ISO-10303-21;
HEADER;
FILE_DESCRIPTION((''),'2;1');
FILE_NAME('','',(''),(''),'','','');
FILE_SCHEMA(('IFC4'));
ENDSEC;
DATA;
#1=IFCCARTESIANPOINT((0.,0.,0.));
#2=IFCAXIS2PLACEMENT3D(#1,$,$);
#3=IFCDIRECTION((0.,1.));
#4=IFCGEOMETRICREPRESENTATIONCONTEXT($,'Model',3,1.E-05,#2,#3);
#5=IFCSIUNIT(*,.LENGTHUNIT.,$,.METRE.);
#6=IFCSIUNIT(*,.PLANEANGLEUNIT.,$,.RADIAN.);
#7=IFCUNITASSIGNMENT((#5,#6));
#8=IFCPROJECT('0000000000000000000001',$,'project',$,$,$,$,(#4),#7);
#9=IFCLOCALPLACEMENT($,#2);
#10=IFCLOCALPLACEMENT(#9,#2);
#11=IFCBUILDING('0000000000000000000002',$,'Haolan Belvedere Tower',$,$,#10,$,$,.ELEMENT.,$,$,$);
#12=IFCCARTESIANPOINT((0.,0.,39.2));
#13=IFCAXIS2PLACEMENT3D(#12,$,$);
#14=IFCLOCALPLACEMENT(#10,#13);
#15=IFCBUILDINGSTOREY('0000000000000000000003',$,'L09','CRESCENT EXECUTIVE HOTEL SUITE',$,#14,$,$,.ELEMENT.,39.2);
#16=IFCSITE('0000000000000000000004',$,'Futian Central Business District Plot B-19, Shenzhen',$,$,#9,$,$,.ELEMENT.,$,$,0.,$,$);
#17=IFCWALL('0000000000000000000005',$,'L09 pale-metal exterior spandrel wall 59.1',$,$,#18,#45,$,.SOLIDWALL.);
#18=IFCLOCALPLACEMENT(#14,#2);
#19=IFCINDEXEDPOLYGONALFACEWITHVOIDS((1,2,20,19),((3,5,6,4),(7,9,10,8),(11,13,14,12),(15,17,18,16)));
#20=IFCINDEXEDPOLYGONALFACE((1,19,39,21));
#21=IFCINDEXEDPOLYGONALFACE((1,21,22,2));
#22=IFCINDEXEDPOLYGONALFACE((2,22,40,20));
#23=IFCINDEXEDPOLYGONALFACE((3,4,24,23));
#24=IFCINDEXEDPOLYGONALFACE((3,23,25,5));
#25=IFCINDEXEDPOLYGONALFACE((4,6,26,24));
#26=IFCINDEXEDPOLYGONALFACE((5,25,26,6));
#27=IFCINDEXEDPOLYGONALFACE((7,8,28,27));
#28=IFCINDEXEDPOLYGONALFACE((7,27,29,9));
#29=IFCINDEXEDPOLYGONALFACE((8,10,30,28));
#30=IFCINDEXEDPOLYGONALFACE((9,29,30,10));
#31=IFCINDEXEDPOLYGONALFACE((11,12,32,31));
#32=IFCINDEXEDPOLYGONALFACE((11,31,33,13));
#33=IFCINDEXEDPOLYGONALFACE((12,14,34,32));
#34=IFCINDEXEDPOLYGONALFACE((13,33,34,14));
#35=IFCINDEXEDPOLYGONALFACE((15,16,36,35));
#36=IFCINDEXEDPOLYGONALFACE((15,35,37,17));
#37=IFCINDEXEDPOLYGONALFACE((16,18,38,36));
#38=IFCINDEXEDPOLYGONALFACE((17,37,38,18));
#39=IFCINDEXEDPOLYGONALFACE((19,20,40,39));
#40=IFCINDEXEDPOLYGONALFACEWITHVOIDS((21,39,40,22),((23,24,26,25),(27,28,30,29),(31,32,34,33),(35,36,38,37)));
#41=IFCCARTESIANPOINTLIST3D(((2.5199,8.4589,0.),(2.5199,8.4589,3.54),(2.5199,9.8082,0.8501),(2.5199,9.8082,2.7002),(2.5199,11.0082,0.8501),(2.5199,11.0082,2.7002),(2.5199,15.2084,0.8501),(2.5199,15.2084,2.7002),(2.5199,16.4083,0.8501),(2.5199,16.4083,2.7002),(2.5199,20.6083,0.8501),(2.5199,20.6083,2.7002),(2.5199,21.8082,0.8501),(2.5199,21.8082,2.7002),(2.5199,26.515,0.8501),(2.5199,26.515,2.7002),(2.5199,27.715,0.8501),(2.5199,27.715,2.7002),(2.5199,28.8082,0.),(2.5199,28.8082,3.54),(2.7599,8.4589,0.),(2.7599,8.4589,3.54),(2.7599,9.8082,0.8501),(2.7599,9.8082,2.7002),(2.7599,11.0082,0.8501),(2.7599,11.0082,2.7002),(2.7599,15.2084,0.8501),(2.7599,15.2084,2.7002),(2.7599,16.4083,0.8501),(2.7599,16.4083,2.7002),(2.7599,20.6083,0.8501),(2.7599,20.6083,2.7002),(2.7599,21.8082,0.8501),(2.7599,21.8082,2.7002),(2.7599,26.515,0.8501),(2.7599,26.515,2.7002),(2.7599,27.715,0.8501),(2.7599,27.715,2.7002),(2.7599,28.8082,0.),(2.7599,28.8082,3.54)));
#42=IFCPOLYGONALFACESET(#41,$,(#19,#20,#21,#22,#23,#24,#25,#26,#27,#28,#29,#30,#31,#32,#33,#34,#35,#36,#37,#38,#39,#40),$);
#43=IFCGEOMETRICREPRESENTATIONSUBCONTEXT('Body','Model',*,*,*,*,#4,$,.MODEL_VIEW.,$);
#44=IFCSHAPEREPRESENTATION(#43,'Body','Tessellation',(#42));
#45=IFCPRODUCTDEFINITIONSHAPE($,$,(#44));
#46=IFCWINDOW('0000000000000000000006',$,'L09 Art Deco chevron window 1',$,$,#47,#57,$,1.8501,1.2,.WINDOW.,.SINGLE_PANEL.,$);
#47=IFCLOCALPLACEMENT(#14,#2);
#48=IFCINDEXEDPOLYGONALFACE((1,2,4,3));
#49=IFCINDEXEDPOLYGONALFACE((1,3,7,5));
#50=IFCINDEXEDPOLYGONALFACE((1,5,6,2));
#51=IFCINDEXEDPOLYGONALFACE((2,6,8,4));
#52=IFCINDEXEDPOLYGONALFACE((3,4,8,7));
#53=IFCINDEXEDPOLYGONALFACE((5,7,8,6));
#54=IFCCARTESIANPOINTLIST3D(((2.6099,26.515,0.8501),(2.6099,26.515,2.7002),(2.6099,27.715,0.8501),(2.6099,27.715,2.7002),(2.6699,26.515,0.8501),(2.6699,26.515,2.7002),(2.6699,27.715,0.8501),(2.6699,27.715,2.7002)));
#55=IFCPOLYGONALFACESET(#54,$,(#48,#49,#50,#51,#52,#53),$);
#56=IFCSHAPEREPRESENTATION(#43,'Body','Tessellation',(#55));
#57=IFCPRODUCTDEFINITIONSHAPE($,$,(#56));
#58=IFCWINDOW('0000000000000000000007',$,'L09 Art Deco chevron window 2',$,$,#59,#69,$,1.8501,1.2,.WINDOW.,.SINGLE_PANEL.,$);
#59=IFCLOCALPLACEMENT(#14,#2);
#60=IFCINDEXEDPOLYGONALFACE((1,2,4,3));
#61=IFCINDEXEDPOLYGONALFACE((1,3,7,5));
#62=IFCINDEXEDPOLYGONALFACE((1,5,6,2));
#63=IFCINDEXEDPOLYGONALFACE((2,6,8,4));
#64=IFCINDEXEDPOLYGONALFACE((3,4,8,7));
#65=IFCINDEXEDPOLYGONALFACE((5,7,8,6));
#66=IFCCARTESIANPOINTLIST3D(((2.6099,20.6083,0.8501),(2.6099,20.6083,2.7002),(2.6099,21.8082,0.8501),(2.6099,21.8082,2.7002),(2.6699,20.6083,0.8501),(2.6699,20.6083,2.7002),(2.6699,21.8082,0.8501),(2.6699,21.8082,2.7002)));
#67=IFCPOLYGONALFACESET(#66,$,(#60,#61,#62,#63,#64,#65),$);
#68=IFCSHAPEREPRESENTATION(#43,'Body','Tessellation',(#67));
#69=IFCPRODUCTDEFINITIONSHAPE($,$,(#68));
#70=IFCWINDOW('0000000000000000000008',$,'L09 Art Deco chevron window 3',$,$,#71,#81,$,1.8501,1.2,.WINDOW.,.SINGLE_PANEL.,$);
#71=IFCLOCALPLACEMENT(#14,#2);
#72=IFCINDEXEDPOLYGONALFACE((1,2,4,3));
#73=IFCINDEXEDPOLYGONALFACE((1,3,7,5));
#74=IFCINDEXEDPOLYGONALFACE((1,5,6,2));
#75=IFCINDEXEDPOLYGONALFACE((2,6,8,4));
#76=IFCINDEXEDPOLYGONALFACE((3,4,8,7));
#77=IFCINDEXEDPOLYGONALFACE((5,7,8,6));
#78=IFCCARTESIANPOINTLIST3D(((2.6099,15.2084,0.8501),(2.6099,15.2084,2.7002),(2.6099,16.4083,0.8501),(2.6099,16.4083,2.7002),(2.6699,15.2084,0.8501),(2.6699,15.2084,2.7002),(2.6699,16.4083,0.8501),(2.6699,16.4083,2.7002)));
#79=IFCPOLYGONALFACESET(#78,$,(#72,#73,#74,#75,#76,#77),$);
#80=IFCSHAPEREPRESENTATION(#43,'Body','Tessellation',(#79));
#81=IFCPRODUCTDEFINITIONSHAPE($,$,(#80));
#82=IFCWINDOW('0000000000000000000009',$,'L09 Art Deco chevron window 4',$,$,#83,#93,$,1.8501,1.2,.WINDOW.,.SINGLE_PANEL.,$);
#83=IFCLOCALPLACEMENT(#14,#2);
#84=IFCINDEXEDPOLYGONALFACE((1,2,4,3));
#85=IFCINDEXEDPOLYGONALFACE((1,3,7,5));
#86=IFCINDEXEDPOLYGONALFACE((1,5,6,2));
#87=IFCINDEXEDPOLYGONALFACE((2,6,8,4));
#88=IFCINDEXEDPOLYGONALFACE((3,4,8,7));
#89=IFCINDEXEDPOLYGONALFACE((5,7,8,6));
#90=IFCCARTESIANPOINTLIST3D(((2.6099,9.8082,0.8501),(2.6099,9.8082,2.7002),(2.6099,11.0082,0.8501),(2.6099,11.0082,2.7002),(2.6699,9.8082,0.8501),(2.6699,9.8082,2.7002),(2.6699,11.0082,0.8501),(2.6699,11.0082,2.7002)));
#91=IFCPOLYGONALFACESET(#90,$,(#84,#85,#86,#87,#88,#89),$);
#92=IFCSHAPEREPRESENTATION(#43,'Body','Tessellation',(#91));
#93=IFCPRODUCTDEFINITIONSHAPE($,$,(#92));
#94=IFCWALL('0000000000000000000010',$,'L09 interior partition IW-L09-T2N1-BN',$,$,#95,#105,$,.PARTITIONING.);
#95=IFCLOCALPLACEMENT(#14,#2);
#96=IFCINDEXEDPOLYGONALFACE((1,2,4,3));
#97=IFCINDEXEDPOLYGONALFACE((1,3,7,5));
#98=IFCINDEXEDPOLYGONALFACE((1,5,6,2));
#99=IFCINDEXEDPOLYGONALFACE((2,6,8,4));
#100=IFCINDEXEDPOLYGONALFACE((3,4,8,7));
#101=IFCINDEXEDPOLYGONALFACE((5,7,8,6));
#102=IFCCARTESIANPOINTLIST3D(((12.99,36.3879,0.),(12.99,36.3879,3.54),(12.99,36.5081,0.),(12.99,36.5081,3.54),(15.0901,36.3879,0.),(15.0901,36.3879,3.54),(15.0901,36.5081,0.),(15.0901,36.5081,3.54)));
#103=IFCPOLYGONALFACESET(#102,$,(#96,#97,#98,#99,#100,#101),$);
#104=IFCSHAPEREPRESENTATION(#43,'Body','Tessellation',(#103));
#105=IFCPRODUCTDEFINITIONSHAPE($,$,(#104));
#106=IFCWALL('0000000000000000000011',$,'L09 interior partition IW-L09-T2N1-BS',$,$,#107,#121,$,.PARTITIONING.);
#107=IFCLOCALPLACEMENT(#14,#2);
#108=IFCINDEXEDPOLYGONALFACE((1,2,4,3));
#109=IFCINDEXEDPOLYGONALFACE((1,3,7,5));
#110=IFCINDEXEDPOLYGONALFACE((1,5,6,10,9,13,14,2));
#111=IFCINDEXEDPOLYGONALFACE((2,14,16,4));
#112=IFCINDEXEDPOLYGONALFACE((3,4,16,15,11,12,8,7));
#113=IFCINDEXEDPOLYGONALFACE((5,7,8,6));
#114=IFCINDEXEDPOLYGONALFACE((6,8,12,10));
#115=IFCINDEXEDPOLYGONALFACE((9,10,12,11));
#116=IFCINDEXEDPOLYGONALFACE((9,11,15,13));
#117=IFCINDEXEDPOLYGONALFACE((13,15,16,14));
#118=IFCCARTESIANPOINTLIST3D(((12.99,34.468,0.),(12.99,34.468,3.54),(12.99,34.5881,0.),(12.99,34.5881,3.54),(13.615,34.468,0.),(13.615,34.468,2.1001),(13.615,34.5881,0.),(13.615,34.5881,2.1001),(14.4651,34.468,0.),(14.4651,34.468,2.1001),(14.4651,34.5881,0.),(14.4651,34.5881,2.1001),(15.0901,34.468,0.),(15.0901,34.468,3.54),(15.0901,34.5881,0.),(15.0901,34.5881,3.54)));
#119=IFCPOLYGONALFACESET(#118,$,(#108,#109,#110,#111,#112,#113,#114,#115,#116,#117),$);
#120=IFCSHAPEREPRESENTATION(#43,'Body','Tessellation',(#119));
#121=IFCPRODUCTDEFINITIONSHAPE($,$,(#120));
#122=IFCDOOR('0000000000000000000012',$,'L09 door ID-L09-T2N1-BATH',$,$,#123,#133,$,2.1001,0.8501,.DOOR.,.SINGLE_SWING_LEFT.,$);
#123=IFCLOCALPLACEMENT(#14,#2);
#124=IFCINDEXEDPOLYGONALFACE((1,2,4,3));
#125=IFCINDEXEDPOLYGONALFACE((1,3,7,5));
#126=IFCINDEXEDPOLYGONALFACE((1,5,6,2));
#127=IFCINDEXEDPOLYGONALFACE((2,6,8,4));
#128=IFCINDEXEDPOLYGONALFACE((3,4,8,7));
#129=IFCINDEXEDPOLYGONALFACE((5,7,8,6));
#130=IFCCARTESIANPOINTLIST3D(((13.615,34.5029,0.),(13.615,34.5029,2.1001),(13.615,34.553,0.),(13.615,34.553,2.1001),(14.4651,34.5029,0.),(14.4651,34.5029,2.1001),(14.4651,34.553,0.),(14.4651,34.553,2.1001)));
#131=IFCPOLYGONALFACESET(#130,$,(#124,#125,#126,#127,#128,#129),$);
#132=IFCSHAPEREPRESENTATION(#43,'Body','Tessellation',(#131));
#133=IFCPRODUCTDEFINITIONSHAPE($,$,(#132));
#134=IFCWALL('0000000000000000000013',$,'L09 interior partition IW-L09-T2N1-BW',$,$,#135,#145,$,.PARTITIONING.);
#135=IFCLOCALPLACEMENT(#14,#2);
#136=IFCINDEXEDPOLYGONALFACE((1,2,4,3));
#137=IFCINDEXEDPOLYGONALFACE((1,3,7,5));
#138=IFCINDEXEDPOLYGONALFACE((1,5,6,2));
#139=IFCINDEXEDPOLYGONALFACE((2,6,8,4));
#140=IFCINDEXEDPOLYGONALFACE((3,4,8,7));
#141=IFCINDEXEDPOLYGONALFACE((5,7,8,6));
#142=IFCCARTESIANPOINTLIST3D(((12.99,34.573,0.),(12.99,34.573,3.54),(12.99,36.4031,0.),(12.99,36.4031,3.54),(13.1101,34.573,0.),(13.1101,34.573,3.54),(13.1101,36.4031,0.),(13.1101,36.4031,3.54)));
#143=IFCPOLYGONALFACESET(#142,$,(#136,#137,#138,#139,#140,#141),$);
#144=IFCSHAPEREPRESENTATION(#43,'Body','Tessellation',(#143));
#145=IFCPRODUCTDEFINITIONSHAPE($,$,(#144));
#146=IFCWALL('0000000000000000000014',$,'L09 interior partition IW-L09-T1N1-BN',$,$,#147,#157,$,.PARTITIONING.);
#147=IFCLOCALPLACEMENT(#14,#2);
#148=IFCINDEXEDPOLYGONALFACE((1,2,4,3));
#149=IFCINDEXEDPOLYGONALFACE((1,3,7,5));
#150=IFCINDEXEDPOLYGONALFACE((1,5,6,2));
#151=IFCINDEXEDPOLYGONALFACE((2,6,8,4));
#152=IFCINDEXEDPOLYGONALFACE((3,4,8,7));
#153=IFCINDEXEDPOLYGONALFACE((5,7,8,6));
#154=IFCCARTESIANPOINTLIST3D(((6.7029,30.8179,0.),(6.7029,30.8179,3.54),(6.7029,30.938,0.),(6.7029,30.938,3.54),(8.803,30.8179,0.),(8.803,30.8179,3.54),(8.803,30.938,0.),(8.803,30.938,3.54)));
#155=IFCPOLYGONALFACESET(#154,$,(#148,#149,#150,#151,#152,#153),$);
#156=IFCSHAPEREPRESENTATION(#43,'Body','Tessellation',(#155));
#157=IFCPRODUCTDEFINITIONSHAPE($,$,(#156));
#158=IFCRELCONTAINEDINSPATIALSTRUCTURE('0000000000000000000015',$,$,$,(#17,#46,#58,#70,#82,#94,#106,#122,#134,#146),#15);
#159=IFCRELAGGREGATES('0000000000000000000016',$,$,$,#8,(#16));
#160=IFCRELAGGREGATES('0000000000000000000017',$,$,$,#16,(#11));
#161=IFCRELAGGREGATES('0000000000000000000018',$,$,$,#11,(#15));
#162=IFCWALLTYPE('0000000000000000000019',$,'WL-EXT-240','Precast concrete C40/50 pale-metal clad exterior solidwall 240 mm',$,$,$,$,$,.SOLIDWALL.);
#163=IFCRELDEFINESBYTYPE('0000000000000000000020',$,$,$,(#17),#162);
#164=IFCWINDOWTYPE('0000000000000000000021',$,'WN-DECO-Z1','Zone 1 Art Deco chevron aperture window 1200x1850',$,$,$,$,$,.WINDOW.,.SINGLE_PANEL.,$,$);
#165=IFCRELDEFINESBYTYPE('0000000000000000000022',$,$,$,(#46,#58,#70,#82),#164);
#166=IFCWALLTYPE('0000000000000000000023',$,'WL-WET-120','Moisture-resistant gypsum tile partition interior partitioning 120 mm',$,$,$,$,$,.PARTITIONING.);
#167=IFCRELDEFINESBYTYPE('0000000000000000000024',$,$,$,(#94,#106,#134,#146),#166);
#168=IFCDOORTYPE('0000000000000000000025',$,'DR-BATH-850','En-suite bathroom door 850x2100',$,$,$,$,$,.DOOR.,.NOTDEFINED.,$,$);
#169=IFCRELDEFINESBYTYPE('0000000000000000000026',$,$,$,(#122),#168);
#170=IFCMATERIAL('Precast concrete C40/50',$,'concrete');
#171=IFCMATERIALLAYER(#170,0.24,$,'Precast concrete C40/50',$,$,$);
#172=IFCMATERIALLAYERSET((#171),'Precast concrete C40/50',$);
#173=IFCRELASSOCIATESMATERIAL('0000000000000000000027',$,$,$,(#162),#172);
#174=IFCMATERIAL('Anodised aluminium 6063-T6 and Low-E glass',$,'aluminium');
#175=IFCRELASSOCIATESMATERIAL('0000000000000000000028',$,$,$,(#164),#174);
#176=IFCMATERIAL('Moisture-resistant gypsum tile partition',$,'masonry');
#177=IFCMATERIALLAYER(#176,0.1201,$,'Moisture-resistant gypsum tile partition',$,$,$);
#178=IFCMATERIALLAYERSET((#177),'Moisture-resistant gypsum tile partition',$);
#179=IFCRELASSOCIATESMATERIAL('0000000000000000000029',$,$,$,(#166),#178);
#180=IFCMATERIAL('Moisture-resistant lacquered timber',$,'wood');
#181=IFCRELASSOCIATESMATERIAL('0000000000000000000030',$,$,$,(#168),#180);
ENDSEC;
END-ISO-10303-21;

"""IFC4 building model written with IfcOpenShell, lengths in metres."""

from ifc_helpers import new_model, si_unit, direction, frame, frame_2d, origin, place, context, subcontext, project, spatial, rectangle, extrude, material, layer, layer_set, type_object, element, fill, save


model = new_model("IFC4")

# Units and contexts
model_context = context("Model", 3, precision=1e-05, world=origin(), true_north=direction((0.0, 1.0)))
body_context = subcontext(model_context, "Body", "Model", "MODEL_VIEW")
ifc_project = project(units=[si_unit("LENGTHUNIT", "METRE"), si_unit("PLANEANGLEUNIT", "RADIAN")], contexts=[model_context])

# Site, building, storey
site_placement = place(None, origin())
site = spatial("IfcSite", under=ifc_project, at=site_placement, Name="Futian Central Business District Plot B-19, Shenzhen", CompositionType="ELEMENT", RefElevation=0.0)
building_placement = place(site_placement, origin())
building = spatial("IfcBuilding", under=site, at=building_placement, Name="Haolan Belvedere Tower", CompositionType="ELEMENT")
storey_placement = place(building_placement, frame((0.0, 0.0, 39.2)))
storey = spatial("IfcBuildingStorey", under=building, at=storey_placement, Name="L09", Description="CRESCENT EXECUTIVE HOTEL SUITE", CompositionType="ELEMENT", Elevation=39.2)

# Shared definitions
ifc_material_1 = material(Name="Precast concrete C40/50", Category="concrete")
ifc_layer_1 = layer(ifc_material_1, 0.24, Name="Precast concrete C40/50")
ifc_layer_set_1 = layer_set([ifc_layer_1], Name="Precast concrete C40/50")
wall_type_1 = type_object("IfcWallType", Name="WL-EXT-240", Description="Precast concrete C40/50 pale-metal clad exterior solidwall 240 mm", PredefinedType="SOLIDWALL", material=ifc_layer_set_1)

# Shared definitions
ifc_material_2 = material(Name="Anodised aluminium 6063-T6 and Low-E glass", Category="aluminium")
window_type = type_object("IfcWindowType", Name="WN-DECO-Z1", Description="Zone 1 Art Deco chevron aperture window 1200x1850", PartitioningType="SINGLE_PANEL", PredefinedType="WINDOW", material=ifc_material_2)

# Wall, openings, windows
wall_1_placement = place(storey_placement, frame((2.6399, 28.8083, 0.0), z_axis=(0.0, 0.0, 1.0), x_axis=(0.0, -1.0, 0.0)))
wall_1 = element("IfcWall", 1, at=wall_1_placement, inside=storey, type_object=wall_type_1, Name="L09 pale-metal exterior spandrel wall 59.1", PredefinedType="SOLIDWALL", context=body_context, shape_type="SweptSolid", body=[
    extrude(rectangle(XDim=20.3494, YDim=0.24, at=frame_2d((10.1748, 0.0))), origin(), (0.0, 0.0, 1.0), 3.54),
])
opening_1_placement = place(wall_1_placement, frame((1.0933, 0.0, 0.8501)))
opening_1 = element("IfcOpeningElement", 2, at=opening_1_placement, cuts=wall_1, PredefinedType="OPENING", context=body_context, shape_type="SweptSolid", body=[
    extrude(rectangle(XDim=1.2, YDim=1.8501, at=frame_2d((0.6001, 0.925))), frame((0.0, 0.1299, 0.0), z_axis=(0.0, -1.0, 0.0), x_axis=(1.0, 0.0, 0.0)), (0.0, 0.0, 1.0), 0.26),
])
opening_2_placement = place(wall_1_placement, frame((7.0, 0.0, 0.8501)))
opening_2 = element("IfcOpeningElement", 3, at=opening_2_placement, cuts=wall_1, PredefinedType="OPENING", context=body_context, shape_type="SweptSolid", body=[
    extrude(rectangle(XDim=1.2, YDim=1.8501, at=frame_2d((0.6001, 0.925))), frame((0.0, 0.1299, 0.0), z_axis=(0.0, -1.0, 0.0), x_axis=(1.0, 0.0, 0.0)), (0.0, 0.0, 1.0), 0.26),
])
opening_3_placement = place(wall_1_placement, frame((12.3999, 0.0, 0.8501)))
opening_3 = element("IfcOpeningElement", 4, at=opening_3_placement, cuts=wall_1, PredefinedType="OPENING", context=body_context, shape_type="SweptSolid", body=[
    extrude(rectangle(XDim=1.2, YDim=1.8501, at=frame_2d((0.6001, 0.925))), frame((0.0, 0.1299, 0.0), z_axis=(0.0, -1.0, 0.0), x_axis=(1.0, 0.0, 0.0)), (0.0, 0.0, 1.0), 0.26),
])
opening_4_placement = place(wall_1_placement, frame((17.8, 0.0, 0.8501)))
opening_4 = element("IfcOpeningElement", 5, at=opening_4_placement, cuts=wall_1, PredefinedType="OPENING", context=body_context, shape_type="SweptSolid", body=[
    extrude(rectangle(XDim=1.2, YDim=1.8501, at=frame_2d((0.6001, 0.925))), frame((0.0, 0.1299, 0.0), z_axis=(0.0, -1.0, 0.0), x_axis=(1.0, 0.0, 0.0)), (0.0, 0.0, 1.0), 0.26),
])
window_1_placement = place(opening_1_placement, origin())
window_1 = element("IfcWindow", 6, at=window_1_placement, inside=storey, type_object=window_type, Name="L09 Art Deco chevron window 1", OverallHeight=1.8501, OverallWidth=1.2, PartitioningType="SINGLE_PANEL", PredefinedType="WINDOW", context=body_context, shape_type="SweptSolid", body=[
    extrude(rectangle(XDim=1.2, YDim=1.8501, at=frame_2d((0.6001, 0.925))), frame((0.0, 0.03, 0.0), z_axis=(0.0, -1.0, 0.0), x_axis=(1.0, 0.0, 0.0)), (0.0, 0.0, 1.0), 0.0601),
])
fill(opening_1, window_1)
window_2_placement = place(opening_2_placement, origin())
window_2 = element("IfcWindow", 7, at=window_2_placement, inside=storey, type_object=window_type, Name="L09 Art Deco chevron window 2", OverallHeight=1.8501, OverallWidth=1.2, PartitioningType="SINGLE_PANEL", PredefinedType="WINDOW", context=body_context, shape_type="SweptSolid", body=[
    extrude(rectangle(XDim=1.2, YDim=1.8501, at=frame_2d((0.6001, 0.925))), frame((0.0, 0.03, 0.0), z_axis=(0.0, -1.0, 0.0), x_axis=(1.0, 0.0, 0.0)), (0.0, 0.0, 1.0), 0.0601),
])
fill(opening_2, window_2)
window_3_placement = place(opening_3_placement, origin())
window_3 = element("IfcWindow", 8, at=window_3_placement, inside=storey, type_object=window_type, Name="L09 Art Deco chevron window 3", OverallHeight=1.8501, OverallWidth=1.2, PartitioningType="SINGLE_PANEL", PredefinedType="WINDOW", context=body_context, shape_type="SweptSolid", body=[
    extrude(rectangle(XDim=1.2, YDim=1.8501, at=frame_2d((0.6001, 0.925))), frame((0.0, 0.03, 0.0), z_axis=(0.0, -1.0, 0.0), x_axis=(1.0, 0.0, 0.0)), (0.0, 0.0, 1.0), 0.0601),
])
fill(opening_3, window_3)
window_4_placement = place(opening_4_placement, origin())
window_4 = element("IfcWindow", 9, at=window_4_placement, inside=storey, type_object=window_type, Name="L09 Art Deco chevron window 4", OverallHeight=1.8501, OverallWidth=1.2, PartitioningType="SINGLE_PANEL", PredefinedType="WINDOW", context=body_context, shape_type="SweptSolid", body=[
    extrude(rectangle(XDim=1.2, YDim=1.8501, at=frame_2d((0.6001, 0.925))), frame((0.0, 0.03, 0.0), z_axis=(0.0, -1.0, 0.0), x_axis=(1.0, 0.0, 0.0)), (0.0, 0.0, 1.0), 0.0601),
])
fill(opening_4, window_4)

# Wall
ifc_material_3 = material(Name="Moisture-resistant gypsum tile partition", Category="masonry")
ifc_layer_2 = layer(ifc_material_3, 0.1201, Name="Moisture-resistant gypsum tile partition")
ifc_layer_set_2 = layer_set([ifc_layer_2], Name="Moisture-resistant gypsum tile partition")
wall_type_2 = type_object("IfcWallType", Name="WL-WET-120", Description="Moisture-resistant gypsum tile partition interior partitioning 120 mm", PredefinedType="PARTITIONING", material=ifc_layer_set_2)
wall_2_placement = place(storey_placement, frame((12.99, 36.448, 0.0), z_axis=(0.0, 0.0, 1.0), x_axis=(1.0, 0.0, 0.0)))
element("IfcWall", 10, at=wall_2_placement, inside=storey, type_object=wall_type_2, Name="L09 interior partition IW-L09-T2N1-BN", PredefinedType="PARTITIONING", context=body_context, shape_type="SweptSolid", body=[
    extrude(rectangle(XDim=2.1001, YDim=0.1201, at=frame_2d((1.05, 0.0))), origin(), (0.0, 0.0, 1.0), 3.54),
])

# Wall, opening, door
wall_3_placement = place(storey_placement, frame((12.99, 34.5281, 0.0), z_axis=(0.0, 0.0, 1.0), x_axis=(1.0, 0.0, 0.0)))
wall_3 = element("IfcWall", 11, at=wall_3_placement, inside=storey, type_object=wall_type_2, Name="L09 interior partition IW-L09-T2N1-BS", PredefinedType="PARTITIONING", context=body_context, shape_type="SweptSolid", body=[
    extrude(rectangle(XDim=2.1001, YDim=0.1201, at=frame_2d((1.05, 0.0))), origin(), (0.0, 0.0, 1.0), 3.54),
])
opening_5_placement = place(wall_3_placement, frame((0.625, 0.0, 0.0)))
opening_5 = element("IfcOpeningElement", 12, at=opening_5_placement, cuts=wall_3, PredefinedType="OPENING", context=body_context, shape_type="SweptSolid", body=[
    extrude(rectangle(XDim=0.8501, YDim=2.1001, at=frame_2d((0.425, 1.05))), frame((0.0, 0.0701, 0.0), z_axis=(0.0, -1.0, 0.0), x_axis=(1.0, 0.0, 0.0)), (0.0, 0.0, 1.0), 0.1401),
])
ifc_material_4 = material(Name="Moisture-resistant lacquered timber", Category="wood")
door_type = type_object("IfcDoorType", Name="DR-BATH-850", Description="En-suite bathroom door 850x2100", OperationType="NOTDEFINED", PredefinedType="DOOR", material=ifc_material_4)
door_1_placement = place(opening_5_placement, origin())
door_1 = element("IfcDoor", 13, at=door_1_placement, inside=storey, type_object=door_type, Name="L09 door ID-L09-T2N1-BATH", OperationType="SINGLE_SWING_LEFT", OverallHeight=2.1001, OverallWidth=0.8501, PredefinedType="DOOR", context=body_context, shape_type="SweptSolid", body=[
    extrude(rectangle(XDim=0.8501, YDim=2.1001, at=frame_2d((0.425, 1.05))), frame((0.0, 0.0249, 0.0), z_axis=(0.0, -1.0, 0.0), x_axis=(1.0, 0.0, 0.0)), (0.0, 0.0, 1.0), 0.05),
])
fill(opening_5, door_1)

# Walls
wall_4_placement = place(storey_placement, frame((13.05, 34.573, 0.0), z_axis=(0.0, 0.0, 1.0), x_axis=(0.0, 1.0, 0.0)))
element("IfcWall", 14, at=wall_4_placement, inside=storey, type_object=wall_type_2, Name="L09 interior partition IW-L09-T2N1-BW", PredefinedType="PARTITIONING", context=body_context, shape_type="SweptSolid", body=[
    extrude(rectangle(XDim=1.8301, YDim=0.1201, at=frame_2d((0.915, 0.0))), origin(), (0.0, 0.0, 1.0), 3.54),
])
wall_5_placement = place(storey_placement, frame((6.7029, 30.8779, 0.0), z_axis=(0.0, 0.0, 1.0), x_axis=(1.0, 0.0, 0.0)))
element("IfcWall", 15, at=wall_5_placement, inside=storey, type_object=wall_type_2, Name="L09 interior partition IW-L09-T1N1-BN", PredefinedType="PARTITIONING", context=body_context, shape_type="SweptSolid", body=[
    extrude(rectangle(XDim=2.1001, YDim=0.1201, at=frame_2d((1.05, 0.0))), origin(), (0.0, 0.0, 1.0), 3.54),
])

save(model, "model.ifc")
